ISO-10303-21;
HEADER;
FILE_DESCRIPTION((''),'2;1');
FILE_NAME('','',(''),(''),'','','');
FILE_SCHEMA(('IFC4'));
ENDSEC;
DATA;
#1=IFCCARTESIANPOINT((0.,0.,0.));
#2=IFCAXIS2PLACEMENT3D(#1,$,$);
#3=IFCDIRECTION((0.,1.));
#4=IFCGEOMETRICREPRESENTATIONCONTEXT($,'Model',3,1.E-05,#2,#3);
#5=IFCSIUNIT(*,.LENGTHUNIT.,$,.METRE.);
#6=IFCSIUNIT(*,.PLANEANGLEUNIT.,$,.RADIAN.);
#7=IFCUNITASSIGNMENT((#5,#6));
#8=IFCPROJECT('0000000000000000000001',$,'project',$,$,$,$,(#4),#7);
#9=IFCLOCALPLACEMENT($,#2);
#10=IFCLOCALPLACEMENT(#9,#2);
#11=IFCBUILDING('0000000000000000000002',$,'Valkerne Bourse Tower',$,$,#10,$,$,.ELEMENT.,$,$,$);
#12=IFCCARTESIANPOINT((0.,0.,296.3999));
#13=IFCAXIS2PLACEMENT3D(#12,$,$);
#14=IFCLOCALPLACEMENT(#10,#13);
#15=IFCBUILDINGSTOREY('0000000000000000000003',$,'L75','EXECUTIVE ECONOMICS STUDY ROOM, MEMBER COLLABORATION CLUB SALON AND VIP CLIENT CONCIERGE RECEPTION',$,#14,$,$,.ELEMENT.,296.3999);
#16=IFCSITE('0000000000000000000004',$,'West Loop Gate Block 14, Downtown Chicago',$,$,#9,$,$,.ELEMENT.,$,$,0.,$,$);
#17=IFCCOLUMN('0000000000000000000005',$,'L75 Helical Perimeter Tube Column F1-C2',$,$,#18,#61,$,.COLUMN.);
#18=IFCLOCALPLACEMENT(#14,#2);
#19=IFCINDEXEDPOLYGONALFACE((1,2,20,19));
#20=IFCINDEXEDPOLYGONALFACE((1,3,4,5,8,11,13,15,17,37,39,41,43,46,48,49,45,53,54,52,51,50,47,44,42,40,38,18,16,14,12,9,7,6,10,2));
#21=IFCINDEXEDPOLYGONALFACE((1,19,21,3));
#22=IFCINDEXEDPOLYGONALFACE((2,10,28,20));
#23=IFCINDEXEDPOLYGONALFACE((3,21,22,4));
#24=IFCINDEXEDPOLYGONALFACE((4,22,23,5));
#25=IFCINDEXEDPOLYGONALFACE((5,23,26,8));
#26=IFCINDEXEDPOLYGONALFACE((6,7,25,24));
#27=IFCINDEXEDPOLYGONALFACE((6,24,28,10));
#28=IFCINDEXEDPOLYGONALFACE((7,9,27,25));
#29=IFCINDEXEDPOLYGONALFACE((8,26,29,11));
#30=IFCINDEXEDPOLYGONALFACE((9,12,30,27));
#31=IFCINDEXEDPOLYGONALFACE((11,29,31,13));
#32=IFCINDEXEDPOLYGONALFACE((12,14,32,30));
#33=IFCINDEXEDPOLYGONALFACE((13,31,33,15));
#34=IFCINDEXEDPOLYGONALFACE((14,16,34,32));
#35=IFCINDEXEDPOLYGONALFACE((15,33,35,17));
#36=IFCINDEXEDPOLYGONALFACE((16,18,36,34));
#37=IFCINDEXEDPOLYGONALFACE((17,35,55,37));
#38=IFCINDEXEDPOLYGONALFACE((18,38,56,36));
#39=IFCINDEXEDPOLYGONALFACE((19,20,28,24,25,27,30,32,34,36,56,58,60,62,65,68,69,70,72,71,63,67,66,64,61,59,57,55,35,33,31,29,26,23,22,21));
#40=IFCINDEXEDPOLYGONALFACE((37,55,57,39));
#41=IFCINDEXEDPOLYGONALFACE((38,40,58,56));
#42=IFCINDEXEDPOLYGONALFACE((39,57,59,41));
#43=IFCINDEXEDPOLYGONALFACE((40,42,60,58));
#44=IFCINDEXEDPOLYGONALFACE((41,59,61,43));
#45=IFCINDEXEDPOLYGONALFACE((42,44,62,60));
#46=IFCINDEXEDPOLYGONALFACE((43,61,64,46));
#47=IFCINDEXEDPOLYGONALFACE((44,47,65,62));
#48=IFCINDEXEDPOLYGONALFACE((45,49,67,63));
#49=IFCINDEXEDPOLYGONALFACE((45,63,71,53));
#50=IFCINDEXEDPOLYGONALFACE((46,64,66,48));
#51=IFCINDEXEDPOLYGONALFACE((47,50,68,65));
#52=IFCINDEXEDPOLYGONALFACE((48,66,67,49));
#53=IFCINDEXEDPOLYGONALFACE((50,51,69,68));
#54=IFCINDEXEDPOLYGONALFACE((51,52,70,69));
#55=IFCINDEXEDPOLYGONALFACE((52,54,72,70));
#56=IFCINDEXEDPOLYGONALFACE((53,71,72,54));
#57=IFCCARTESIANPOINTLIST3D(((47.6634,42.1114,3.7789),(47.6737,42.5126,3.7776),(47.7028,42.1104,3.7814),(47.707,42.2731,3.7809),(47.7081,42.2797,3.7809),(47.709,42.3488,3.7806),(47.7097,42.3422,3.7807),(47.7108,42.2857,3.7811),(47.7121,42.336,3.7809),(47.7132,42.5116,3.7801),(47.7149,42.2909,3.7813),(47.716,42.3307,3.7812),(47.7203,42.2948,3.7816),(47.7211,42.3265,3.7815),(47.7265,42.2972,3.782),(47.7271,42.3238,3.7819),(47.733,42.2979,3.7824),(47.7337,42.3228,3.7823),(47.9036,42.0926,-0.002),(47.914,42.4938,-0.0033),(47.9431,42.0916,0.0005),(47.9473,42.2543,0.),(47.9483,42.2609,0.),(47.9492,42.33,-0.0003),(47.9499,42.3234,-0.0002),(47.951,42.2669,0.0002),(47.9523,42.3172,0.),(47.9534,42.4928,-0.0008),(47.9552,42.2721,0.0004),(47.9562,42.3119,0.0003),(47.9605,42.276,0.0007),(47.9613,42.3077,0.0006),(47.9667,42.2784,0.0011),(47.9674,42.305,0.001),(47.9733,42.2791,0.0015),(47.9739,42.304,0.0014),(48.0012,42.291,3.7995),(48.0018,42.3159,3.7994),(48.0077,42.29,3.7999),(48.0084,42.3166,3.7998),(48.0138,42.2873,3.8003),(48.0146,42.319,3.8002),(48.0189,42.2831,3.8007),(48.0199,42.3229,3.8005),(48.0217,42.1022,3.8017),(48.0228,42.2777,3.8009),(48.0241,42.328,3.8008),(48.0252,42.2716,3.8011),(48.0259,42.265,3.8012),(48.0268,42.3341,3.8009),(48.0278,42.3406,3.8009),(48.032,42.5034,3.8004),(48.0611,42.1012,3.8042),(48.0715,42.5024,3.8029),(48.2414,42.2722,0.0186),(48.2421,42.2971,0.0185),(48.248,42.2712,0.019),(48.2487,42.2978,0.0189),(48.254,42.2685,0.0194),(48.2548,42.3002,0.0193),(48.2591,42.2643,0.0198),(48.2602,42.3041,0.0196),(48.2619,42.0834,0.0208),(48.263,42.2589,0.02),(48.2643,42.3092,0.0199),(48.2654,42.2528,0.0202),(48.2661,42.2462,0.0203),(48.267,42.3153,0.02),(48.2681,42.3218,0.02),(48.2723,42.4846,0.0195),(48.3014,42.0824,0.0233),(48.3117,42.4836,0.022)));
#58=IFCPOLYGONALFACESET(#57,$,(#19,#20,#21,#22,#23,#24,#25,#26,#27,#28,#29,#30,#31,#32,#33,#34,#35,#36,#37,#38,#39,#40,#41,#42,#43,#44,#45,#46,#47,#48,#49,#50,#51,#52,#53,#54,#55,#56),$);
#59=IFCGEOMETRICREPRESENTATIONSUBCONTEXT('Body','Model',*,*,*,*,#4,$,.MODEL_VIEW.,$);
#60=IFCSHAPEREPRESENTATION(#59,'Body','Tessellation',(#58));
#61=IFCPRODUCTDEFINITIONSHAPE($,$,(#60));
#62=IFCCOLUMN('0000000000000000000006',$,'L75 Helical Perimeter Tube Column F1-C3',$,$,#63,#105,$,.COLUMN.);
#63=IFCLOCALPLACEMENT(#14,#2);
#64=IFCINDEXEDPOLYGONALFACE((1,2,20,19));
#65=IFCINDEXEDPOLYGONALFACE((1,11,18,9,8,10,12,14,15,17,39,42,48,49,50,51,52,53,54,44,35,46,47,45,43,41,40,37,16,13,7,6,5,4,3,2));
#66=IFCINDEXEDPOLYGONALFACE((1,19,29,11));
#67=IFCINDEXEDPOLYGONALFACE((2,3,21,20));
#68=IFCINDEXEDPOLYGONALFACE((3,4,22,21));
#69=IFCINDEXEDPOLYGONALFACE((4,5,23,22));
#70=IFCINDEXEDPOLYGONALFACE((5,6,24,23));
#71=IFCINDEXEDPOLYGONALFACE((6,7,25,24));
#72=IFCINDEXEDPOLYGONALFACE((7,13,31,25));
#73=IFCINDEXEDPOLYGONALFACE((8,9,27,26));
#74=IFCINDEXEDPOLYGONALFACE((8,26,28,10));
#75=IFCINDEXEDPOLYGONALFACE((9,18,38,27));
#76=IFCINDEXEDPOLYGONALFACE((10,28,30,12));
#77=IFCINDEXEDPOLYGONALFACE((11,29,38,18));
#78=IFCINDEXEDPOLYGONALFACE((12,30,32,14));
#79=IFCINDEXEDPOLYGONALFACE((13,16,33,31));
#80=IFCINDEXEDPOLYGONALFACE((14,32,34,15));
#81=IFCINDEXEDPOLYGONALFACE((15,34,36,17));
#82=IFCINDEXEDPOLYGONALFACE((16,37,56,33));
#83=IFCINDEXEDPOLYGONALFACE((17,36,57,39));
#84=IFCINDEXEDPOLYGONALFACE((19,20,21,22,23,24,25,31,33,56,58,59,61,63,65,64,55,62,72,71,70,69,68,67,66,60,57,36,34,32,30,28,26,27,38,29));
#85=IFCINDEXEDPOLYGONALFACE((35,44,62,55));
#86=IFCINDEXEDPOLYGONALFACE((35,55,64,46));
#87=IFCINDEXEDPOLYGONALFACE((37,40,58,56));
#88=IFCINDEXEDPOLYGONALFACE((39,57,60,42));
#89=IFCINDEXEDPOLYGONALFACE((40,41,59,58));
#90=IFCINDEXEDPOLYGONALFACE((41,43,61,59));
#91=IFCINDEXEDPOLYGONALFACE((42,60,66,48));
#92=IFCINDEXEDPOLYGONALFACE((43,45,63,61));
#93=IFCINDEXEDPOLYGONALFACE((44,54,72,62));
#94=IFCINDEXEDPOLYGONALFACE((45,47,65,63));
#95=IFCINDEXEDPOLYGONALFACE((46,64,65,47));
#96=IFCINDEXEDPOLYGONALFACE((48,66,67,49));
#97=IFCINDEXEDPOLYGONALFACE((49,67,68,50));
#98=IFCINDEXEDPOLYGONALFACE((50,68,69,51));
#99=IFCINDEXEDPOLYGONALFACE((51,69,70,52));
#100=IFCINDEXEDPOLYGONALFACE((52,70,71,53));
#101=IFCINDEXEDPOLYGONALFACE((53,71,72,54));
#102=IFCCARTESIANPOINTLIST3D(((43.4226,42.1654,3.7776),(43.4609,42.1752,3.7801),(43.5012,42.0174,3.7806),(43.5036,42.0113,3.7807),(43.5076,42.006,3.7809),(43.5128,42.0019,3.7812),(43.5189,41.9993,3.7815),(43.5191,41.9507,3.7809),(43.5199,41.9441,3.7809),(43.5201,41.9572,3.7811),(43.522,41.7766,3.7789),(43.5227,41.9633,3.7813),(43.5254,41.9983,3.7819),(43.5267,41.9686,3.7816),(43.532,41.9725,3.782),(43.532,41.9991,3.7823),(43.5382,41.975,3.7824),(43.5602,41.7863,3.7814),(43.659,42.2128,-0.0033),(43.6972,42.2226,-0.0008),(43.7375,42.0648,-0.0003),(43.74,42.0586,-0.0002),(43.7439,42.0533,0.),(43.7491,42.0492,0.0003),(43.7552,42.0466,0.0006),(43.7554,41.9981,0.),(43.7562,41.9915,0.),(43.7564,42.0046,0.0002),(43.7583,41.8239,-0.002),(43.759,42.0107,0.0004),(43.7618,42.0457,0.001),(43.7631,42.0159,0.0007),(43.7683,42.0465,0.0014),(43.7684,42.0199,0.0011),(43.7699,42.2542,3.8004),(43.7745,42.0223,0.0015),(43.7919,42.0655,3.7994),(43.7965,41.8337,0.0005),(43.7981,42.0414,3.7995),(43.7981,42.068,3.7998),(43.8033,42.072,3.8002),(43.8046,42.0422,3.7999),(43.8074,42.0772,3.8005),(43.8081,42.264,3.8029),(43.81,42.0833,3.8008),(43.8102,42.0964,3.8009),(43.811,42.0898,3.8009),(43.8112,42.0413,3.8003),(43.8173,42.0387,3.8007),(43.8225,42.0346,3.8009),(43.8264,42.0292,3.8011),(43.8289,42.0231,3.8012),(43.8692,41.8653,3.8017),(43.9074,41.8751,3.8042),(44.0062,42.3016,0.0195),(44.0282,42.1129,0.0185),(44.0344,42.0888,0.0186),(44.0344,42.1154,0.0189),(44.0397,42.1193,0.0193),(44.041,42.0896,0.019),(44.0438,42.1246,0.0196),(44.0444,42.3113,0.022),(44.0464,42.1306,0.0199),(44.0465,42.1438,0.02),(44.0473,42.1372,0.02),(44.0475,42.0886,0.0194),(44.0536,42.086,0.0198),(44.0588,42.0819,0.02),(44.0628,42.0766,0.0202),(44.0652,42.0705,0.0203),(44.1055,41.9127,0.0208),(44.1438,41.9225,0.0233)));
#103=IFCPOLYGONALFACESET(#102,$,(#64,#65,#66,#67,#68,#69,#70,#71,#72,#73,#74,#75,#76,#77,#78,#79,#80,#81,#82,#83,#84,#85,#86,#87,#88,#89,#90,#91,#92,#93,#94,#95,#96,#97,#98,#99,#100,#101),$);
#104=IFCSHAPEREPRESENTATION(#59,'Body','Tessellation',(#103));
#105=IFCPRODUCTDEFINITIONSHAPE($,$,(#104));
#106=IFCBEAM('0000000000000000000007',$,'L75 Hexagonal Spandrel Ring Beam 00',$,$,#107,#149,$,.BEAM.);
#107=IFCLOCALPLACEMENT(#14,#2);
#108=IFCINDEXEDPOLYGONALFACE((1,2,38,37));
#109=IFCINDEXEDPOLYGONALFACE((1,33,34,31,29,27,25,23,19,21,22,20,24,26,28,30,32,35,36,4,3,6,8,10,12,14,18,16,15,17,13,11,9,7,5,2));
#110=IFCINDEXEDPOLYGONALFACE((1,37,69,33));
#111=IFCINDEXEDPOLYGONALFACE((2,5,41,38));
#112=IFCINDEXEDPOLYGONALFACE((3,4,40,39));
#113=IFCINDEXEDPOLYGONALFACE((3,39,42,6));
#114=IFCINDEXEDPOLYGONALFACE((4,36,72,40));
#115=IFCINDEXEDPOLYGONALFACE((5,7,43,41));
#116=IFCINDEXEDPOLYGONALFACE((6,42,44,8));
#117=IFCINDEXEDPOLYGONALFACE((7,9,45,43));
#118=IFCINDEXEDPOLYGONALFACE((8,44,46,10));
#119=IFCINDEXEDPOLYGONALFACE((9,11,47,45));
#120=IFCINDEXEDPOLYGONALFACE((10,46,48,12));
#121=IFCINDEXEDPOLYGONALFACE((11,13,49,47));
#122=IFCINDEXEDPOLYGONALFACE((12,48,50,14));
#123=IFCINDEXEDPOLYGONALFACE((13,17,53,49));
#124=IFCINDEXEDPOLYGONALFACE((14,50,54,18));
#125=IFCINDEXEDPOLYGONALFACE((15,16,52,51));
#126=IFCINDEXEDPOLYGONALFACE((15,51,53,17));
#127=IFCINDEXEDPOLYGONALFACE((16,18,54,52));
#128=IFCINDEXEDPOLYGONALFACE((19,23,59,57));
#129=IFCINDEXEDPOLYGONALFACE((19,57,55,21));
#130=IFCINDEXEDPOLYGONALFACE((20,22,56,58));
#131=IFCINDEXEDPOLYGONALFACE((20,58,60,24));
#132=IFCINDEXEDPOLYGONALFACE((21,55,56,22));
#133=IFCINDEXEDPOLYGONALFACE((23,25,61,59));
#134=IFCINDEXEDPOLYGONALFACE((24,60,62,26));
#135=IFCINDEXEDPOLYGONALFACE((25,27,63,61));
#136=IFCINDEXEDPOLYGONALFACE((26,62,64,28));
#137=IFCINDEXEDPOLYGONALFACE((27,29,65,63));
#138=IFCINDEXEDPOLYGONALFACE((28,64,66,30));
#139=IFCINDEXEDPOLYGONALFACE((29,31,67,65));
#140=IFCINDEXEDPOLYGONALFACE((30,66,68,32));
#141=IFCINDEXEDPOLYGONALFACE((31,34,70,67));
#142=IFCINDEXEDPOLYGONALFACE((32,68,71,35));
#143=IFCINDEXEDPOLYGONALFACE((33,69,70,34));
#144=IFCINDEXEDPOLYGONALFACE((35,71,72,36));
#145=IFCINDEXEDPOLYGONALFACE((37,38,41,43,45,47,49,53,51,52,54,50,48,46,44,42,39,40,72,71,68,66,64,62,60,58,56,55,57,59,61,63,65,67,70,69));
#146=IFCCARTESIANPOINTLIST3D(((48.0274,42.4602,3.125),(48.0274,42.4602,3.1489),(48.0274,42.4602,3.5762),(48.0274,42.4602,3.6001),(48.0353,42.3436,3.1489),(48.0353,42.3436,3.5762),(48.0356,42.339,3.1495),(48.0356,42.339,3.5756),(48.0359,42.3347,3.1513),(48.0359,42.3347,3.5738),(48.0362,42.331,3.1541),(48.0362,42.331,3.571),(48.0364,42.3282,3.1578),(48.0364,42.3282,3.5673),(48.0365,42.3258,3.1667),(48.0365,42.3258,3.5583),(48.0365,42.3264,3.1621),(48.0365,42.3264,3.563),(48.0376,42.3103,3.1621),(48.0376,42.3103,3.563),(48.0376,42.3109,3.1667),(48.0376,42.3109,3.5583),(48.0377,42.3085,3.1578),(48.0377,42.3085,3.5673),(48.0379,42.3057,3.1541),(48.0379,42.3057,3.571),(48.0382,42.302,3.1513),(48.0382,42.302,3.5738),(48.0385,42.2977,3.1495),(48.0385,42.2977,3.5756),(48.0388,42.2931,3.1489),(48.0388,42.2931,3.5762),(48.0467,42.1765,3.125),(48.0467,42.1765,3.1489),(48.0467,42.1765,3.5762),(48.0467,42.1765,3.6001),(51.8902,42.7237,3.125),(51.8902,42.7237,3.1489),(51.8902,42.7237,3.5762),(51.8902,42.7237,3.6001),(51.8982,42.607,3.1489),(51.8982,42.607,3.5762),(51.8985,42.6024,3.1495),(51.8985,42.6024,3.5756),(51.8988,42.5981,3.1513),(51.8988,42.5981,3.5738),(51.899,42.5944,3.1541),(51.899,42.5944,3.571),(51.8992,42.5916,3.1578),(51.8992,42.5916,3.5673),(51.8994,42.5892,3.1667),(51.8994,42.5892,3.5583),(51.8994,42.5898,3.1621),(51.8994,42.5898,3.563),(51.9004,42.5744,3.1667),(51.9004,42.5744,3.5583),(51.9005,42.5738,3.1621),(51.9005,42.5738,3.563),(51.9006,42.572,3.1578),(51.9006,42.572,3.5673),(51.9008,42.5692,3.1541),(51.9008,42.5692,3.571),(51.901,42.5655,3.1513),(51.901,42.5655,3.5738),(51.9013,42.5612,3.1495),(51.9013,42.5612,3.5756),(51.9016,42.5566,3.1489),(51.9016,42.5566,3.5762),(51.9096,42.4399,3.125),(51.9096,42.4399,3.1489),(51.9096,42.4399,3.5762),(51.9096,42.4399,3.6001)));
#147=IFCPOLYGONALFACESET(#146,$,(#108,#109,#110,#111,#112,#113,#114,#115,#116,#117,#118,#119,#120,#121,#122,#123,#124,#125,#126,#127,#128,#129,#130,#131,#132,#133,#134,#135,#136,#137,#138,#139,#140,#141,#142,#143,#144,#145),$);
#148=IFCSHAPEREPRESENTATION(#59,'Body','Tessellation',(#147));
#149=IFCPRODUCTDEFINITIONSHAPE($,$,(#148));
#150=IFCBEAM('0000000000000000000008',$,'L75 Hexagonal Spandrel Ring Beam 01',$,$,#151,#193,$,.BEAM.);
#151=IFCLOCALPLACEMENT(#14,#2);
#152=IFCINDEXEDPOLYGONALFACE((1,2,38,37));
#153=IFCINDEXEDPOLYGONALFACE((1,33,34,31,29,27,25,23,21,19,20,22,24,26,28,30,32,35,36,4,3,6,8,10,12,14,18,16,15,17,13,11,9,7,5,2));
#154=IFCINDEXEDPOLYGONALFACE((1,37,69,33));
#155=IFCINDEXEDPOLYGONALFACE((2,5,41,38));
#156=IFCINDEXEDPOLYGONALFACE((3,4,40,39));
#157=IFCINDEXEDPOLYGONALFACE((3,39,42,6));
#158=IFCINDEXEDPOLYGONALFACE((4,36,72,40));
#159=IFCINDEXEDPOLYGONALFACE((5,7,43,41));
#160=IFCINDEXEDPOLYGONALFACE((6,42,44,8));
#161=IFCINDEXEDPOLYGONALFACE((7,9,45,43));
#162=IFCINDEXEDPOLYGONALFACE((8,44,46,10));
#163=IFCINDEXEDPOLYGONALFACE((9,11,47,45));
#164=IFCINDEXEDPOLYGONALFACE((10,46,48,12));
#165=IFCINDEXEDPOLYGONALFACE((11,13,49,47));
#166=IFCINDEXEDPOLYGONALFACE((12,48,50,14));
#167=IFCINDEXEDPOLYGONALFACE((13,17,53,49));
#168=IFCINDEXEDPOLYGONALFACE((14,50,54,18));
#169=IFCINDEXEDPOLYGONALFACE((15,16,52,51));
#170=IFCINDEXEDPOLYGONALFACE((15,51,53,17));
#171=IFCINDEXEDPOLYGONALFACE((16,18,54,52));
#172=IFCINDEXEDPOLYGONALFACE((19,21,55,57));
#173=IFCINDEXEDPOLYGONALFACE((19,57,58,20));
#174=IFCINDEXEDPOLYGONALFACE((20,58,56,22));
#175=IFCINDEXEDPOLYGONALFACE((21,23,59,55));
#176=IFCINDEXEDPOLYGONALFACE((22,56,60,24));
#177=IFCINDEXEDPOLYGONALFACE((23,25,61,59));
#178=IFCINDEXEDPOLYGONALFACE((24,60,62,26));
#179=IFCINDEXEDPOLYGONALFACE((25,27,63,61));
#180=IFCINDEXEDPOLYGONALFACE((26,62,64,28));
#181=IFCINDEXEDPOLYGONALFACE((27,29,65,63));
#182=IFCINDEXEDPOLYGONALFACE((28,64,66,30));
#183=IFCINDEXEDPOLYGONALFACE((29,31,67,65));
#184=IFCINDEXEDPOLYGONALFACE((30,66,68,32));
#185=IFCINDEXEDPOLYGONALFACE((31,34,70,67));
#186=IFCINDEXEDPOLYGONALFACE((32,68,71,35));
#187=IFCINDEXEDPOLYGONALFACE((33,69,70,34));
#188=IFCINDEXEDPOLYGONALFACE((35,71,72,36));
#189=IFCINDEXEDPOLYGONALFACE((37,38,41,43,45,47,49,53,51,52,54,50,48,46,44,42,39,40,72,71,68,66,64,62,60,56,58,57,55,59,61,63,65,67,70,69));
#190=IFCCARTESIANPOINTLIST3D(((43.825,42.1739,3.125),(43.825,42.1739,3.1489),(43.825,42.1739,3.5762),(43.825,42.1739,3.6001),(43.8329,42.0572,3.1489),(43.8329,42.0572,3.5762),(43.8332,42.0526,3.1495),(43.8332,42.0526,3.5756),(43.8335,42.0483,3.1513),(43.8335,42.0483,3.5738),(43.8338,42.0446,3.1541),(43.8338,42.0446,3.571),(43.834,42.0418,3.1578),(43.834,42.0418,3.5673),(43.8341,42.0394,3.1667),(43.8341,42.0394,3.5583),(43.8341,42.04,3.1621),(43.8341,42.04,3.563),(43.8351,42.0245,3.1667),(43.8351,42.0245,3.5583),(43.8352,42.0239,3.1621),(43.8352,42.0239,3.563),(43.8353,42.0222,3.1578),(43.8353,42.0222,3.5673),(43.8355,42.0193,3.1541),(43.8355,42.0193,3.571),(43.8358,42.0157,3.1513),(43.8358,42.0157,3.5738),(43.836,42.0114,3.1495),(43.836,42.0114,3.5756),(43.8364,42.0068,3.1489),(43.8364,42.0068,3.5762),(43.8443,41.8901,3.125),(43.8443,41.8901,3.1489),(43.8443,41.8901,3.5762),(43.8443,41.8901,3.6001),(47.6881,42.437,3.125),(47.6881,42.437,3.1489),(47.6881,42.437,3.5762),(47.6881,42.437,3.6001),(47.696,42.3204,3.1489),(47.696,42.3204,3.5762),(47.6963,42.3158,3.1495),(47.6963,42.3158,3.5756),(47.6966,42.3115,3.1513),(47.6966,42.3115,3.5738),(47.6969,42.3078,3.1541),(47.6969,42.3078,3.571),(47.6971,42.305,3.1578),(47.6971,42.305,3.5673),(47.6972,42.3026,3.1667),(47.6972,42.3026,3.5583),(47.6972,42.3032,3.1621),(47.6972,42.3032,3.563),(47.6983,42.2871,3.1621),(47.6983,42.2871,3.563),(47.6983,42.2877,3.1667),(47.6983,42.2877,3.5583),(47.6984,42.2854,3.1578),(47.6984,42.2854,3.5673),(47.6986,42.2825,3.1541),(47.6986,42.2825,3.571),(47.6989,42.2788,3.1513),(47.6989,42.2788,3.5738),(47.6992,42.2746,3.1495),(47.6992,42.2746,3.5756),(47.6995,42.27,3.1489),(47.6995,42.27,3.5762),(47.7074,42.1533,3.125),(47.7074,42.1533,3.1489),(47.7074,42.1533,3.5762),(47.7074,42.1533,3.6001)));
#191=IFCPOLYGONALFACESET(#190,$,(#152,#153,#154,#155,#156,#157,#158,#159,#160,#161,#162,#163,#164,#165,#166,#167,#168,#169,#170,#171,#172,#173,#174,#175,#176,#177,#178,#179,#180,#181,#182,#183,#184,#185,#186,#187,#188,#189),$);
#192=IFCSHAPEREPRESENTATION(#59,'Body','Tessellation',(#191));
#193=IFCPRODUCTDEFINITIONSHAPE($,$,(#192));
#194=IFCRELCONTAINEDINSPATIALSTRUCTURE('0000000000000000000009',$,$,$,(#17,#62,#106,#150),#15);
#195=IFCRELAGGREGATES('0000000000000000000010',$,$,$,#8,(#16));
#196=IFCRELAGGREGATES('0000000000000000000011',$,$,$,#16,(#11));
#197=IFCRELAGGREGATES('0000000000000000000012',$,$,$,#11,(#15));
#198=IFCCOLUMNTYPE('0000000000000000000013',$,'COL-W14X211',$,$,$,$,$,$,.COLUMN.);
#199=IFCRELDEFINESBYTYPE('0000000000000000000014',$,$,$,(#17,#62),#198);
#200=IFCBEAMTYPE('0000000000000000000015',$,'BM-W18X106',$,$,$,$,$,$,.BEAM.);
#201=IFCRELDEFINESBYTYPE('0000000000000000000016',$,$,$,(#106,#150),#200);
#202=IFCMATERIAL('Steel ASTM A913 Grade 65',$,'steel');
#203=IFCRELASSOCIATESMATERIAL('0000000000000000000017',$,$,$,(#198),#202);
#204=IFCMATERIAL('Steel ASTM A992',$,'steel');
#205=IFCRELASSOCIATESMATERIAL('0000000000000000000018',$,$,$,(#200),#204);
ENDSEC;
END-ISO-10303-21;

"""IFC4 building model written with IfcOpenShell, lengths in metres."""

from ifc_helpers import new_model, si_unit, direction, frame, origin, origin_2d, place, context, subcontext, project, spatial, i_section, extrude, material, material_profile, profile_set, type_object, element, save


model = new_model("IFC4")

# Units and contexts
model_context = context("Model", 3, precision=1e-05, world=origin(), true_north=direction((0.0, 1.0)))
body_context = subcontext(model_context, "Body", "Model", "MODEL_VIEW")
ifc_project = project(units=[si_unit("LENGTHUNIT", "METRE"), si_unit("PLANEANGLEUNIT", "RADIAN")], contexts=[model_context])

# Site, building, storey
site_placement = place(None, origin())
site = spatial("IfcSite", under=ifc_project, at=site_placement, Name="West Loop Gate Block 14, Downtown Chicago", CompositionType="ELEMENT", RefElevation=0.0)
building_placement = place(site_placement, origin())
building = spatial("IfcBuilding", under=site, at=building_placement, Name="Valkerne Bourse Tower", CompositionType="ELEMENT")
storey_placement = place(building_placement, frame((0.0, 0.0, 296.3999)))
storey = spatial("IfcBuildingStorey", under=building, at=storey_placement, Name="L75", Description="EXECUTIVE ECONOMICS STUDY ROOM, MEMBER COLLABORATION CLUB SALON AND VIP CLIENT CONCIERGE RECEPTION", CompositionType="ELEMENT", Elevation=296.3999)

# Columns
ifc_material_1 = material(Name="Steel ASTM A913 Grade 65", Category="steel")
ifc_material_profile_1 = material_profile(ifc_material_1, i_section(OverallWidth=0.4014, OverallDepth=0.3987, WebThickness=0.0249, FlangeThickness=0.0396, FilletRadius=0.0254, at=origin_2d()), Name="W14X211")
ifc_profile_set_1 = profile_set([ifc_material_profile_1], Name="Steel ASTM A913 Grade 65")
column_type = type_object("IfcColumnType", Name="COL-W14X211", PredefinedType="COLUMN", material=ifc_profile_set_1)
for number, where, z_axis, x_axis, name in (
    (1, (48.1077, 42.2881, 0.01), (-0.063409, 0.004962, 0.997975), (0.025836, 0.999661, -0.003329), "L75 Helical Perimeter Tube Column F1-C2"),
    (2, (43.9014, 42.0676, 0.01), (-0.062377, -0.012501, 0.997974), (-0.247448, 0.968895, -0.003329), "L75 Helical Perimeter Tube Column F1-C3"),
):
    element("IfcColumn", number, at=place(storey_placement, frame(where, z_axis=z_axis, x_axis=x_axis)), inside=storey, type_object=column_type, Name=name, PredefinedType="COLUMN", context=body_context, shape_type="SweptSolid", body=[
        extrude(i_section(OverallWidth=0.4014, OverallDepth=0.3987, WebThickness=0.0249, FlangeThickness=0.0396, FilletRadius=0.0254, at=origin_2d()), origin(), (0.0, 0.0, 1.0), 3.7886),
    ])

# Beams
ifc_material_2 = material(Name="Steel ASTM A992", Category="steel")
ifc_material_profile_2 = material_profile(ifc_material_2, i_section(OverallWidth=0.2844, OverallDepth=0.4751, WebThickness=0.0149, FlangeThickness=0.0239, FilletRadius=0.0178, at=origin_2d()), Name="W18X106")
ifc_profile_set_2 = profile_set([ifc_material_profile_2], Name="Steel ASTM A992")
beam_type_1 = type_object("IfcBeamType", Name="BM-W18X106", PredefinedType="BEAM", material=ifc_profile_set_2)
beam_1_placement = place(storey_placement, frame((51.8999, 42.5818, 3.3625), z_axis=(-0.997683, -0.068038, 0.0), x_axis=(0.068038, -0.997683, 0.0)))
element("IfcBeam", 3, at=beam_1_placement, inside=storey, type_object=beam_type_1, Name="L75 Hexagonal Spandrel Ring Beam 00", PredefinedType="BEAM", context=body_context, shape_type="SweptSolid", body=[
    extrude(i_section(OverallWidth=0.2844, OverallDepth=0.4751, WebThickness=0.0149, FlangeThickness=0.0239, FilletRadius=0.0178, at=origin_2d()), origin(), (0.0, 0.0, 1.0), 3.8718),
])
for number, where, z_axis, x_axis, name in (
    (4, (47.6978, 42.2952, 3.3625), (-0.997687, -0.067971, 0.0), (0.067971, -0.997687, 0.0), "L75 Hexagonal Spandrel Ring Beam 01"),
):
    element("IfcBeam", number, at=place(storey_placement, frame(where, z_axis=z_axis, x_axis=x_axis)), inside=storey, type_object=beam_type_1, Name=name, PredefinedType="BEAM", context=body_context, shape_type="SweptSolid", body=[
        extrude(i_section(OverallWidth=0.2844, OverallDepth=0.4751, WebThickness=0.0149, FlangeThickness=0.0239, FilletRadius=0.0178, at=origin_2d()), origin(), (0.0, 0.0, 1.0), 3.8721),
    ])

save(model, "model.ifc")
